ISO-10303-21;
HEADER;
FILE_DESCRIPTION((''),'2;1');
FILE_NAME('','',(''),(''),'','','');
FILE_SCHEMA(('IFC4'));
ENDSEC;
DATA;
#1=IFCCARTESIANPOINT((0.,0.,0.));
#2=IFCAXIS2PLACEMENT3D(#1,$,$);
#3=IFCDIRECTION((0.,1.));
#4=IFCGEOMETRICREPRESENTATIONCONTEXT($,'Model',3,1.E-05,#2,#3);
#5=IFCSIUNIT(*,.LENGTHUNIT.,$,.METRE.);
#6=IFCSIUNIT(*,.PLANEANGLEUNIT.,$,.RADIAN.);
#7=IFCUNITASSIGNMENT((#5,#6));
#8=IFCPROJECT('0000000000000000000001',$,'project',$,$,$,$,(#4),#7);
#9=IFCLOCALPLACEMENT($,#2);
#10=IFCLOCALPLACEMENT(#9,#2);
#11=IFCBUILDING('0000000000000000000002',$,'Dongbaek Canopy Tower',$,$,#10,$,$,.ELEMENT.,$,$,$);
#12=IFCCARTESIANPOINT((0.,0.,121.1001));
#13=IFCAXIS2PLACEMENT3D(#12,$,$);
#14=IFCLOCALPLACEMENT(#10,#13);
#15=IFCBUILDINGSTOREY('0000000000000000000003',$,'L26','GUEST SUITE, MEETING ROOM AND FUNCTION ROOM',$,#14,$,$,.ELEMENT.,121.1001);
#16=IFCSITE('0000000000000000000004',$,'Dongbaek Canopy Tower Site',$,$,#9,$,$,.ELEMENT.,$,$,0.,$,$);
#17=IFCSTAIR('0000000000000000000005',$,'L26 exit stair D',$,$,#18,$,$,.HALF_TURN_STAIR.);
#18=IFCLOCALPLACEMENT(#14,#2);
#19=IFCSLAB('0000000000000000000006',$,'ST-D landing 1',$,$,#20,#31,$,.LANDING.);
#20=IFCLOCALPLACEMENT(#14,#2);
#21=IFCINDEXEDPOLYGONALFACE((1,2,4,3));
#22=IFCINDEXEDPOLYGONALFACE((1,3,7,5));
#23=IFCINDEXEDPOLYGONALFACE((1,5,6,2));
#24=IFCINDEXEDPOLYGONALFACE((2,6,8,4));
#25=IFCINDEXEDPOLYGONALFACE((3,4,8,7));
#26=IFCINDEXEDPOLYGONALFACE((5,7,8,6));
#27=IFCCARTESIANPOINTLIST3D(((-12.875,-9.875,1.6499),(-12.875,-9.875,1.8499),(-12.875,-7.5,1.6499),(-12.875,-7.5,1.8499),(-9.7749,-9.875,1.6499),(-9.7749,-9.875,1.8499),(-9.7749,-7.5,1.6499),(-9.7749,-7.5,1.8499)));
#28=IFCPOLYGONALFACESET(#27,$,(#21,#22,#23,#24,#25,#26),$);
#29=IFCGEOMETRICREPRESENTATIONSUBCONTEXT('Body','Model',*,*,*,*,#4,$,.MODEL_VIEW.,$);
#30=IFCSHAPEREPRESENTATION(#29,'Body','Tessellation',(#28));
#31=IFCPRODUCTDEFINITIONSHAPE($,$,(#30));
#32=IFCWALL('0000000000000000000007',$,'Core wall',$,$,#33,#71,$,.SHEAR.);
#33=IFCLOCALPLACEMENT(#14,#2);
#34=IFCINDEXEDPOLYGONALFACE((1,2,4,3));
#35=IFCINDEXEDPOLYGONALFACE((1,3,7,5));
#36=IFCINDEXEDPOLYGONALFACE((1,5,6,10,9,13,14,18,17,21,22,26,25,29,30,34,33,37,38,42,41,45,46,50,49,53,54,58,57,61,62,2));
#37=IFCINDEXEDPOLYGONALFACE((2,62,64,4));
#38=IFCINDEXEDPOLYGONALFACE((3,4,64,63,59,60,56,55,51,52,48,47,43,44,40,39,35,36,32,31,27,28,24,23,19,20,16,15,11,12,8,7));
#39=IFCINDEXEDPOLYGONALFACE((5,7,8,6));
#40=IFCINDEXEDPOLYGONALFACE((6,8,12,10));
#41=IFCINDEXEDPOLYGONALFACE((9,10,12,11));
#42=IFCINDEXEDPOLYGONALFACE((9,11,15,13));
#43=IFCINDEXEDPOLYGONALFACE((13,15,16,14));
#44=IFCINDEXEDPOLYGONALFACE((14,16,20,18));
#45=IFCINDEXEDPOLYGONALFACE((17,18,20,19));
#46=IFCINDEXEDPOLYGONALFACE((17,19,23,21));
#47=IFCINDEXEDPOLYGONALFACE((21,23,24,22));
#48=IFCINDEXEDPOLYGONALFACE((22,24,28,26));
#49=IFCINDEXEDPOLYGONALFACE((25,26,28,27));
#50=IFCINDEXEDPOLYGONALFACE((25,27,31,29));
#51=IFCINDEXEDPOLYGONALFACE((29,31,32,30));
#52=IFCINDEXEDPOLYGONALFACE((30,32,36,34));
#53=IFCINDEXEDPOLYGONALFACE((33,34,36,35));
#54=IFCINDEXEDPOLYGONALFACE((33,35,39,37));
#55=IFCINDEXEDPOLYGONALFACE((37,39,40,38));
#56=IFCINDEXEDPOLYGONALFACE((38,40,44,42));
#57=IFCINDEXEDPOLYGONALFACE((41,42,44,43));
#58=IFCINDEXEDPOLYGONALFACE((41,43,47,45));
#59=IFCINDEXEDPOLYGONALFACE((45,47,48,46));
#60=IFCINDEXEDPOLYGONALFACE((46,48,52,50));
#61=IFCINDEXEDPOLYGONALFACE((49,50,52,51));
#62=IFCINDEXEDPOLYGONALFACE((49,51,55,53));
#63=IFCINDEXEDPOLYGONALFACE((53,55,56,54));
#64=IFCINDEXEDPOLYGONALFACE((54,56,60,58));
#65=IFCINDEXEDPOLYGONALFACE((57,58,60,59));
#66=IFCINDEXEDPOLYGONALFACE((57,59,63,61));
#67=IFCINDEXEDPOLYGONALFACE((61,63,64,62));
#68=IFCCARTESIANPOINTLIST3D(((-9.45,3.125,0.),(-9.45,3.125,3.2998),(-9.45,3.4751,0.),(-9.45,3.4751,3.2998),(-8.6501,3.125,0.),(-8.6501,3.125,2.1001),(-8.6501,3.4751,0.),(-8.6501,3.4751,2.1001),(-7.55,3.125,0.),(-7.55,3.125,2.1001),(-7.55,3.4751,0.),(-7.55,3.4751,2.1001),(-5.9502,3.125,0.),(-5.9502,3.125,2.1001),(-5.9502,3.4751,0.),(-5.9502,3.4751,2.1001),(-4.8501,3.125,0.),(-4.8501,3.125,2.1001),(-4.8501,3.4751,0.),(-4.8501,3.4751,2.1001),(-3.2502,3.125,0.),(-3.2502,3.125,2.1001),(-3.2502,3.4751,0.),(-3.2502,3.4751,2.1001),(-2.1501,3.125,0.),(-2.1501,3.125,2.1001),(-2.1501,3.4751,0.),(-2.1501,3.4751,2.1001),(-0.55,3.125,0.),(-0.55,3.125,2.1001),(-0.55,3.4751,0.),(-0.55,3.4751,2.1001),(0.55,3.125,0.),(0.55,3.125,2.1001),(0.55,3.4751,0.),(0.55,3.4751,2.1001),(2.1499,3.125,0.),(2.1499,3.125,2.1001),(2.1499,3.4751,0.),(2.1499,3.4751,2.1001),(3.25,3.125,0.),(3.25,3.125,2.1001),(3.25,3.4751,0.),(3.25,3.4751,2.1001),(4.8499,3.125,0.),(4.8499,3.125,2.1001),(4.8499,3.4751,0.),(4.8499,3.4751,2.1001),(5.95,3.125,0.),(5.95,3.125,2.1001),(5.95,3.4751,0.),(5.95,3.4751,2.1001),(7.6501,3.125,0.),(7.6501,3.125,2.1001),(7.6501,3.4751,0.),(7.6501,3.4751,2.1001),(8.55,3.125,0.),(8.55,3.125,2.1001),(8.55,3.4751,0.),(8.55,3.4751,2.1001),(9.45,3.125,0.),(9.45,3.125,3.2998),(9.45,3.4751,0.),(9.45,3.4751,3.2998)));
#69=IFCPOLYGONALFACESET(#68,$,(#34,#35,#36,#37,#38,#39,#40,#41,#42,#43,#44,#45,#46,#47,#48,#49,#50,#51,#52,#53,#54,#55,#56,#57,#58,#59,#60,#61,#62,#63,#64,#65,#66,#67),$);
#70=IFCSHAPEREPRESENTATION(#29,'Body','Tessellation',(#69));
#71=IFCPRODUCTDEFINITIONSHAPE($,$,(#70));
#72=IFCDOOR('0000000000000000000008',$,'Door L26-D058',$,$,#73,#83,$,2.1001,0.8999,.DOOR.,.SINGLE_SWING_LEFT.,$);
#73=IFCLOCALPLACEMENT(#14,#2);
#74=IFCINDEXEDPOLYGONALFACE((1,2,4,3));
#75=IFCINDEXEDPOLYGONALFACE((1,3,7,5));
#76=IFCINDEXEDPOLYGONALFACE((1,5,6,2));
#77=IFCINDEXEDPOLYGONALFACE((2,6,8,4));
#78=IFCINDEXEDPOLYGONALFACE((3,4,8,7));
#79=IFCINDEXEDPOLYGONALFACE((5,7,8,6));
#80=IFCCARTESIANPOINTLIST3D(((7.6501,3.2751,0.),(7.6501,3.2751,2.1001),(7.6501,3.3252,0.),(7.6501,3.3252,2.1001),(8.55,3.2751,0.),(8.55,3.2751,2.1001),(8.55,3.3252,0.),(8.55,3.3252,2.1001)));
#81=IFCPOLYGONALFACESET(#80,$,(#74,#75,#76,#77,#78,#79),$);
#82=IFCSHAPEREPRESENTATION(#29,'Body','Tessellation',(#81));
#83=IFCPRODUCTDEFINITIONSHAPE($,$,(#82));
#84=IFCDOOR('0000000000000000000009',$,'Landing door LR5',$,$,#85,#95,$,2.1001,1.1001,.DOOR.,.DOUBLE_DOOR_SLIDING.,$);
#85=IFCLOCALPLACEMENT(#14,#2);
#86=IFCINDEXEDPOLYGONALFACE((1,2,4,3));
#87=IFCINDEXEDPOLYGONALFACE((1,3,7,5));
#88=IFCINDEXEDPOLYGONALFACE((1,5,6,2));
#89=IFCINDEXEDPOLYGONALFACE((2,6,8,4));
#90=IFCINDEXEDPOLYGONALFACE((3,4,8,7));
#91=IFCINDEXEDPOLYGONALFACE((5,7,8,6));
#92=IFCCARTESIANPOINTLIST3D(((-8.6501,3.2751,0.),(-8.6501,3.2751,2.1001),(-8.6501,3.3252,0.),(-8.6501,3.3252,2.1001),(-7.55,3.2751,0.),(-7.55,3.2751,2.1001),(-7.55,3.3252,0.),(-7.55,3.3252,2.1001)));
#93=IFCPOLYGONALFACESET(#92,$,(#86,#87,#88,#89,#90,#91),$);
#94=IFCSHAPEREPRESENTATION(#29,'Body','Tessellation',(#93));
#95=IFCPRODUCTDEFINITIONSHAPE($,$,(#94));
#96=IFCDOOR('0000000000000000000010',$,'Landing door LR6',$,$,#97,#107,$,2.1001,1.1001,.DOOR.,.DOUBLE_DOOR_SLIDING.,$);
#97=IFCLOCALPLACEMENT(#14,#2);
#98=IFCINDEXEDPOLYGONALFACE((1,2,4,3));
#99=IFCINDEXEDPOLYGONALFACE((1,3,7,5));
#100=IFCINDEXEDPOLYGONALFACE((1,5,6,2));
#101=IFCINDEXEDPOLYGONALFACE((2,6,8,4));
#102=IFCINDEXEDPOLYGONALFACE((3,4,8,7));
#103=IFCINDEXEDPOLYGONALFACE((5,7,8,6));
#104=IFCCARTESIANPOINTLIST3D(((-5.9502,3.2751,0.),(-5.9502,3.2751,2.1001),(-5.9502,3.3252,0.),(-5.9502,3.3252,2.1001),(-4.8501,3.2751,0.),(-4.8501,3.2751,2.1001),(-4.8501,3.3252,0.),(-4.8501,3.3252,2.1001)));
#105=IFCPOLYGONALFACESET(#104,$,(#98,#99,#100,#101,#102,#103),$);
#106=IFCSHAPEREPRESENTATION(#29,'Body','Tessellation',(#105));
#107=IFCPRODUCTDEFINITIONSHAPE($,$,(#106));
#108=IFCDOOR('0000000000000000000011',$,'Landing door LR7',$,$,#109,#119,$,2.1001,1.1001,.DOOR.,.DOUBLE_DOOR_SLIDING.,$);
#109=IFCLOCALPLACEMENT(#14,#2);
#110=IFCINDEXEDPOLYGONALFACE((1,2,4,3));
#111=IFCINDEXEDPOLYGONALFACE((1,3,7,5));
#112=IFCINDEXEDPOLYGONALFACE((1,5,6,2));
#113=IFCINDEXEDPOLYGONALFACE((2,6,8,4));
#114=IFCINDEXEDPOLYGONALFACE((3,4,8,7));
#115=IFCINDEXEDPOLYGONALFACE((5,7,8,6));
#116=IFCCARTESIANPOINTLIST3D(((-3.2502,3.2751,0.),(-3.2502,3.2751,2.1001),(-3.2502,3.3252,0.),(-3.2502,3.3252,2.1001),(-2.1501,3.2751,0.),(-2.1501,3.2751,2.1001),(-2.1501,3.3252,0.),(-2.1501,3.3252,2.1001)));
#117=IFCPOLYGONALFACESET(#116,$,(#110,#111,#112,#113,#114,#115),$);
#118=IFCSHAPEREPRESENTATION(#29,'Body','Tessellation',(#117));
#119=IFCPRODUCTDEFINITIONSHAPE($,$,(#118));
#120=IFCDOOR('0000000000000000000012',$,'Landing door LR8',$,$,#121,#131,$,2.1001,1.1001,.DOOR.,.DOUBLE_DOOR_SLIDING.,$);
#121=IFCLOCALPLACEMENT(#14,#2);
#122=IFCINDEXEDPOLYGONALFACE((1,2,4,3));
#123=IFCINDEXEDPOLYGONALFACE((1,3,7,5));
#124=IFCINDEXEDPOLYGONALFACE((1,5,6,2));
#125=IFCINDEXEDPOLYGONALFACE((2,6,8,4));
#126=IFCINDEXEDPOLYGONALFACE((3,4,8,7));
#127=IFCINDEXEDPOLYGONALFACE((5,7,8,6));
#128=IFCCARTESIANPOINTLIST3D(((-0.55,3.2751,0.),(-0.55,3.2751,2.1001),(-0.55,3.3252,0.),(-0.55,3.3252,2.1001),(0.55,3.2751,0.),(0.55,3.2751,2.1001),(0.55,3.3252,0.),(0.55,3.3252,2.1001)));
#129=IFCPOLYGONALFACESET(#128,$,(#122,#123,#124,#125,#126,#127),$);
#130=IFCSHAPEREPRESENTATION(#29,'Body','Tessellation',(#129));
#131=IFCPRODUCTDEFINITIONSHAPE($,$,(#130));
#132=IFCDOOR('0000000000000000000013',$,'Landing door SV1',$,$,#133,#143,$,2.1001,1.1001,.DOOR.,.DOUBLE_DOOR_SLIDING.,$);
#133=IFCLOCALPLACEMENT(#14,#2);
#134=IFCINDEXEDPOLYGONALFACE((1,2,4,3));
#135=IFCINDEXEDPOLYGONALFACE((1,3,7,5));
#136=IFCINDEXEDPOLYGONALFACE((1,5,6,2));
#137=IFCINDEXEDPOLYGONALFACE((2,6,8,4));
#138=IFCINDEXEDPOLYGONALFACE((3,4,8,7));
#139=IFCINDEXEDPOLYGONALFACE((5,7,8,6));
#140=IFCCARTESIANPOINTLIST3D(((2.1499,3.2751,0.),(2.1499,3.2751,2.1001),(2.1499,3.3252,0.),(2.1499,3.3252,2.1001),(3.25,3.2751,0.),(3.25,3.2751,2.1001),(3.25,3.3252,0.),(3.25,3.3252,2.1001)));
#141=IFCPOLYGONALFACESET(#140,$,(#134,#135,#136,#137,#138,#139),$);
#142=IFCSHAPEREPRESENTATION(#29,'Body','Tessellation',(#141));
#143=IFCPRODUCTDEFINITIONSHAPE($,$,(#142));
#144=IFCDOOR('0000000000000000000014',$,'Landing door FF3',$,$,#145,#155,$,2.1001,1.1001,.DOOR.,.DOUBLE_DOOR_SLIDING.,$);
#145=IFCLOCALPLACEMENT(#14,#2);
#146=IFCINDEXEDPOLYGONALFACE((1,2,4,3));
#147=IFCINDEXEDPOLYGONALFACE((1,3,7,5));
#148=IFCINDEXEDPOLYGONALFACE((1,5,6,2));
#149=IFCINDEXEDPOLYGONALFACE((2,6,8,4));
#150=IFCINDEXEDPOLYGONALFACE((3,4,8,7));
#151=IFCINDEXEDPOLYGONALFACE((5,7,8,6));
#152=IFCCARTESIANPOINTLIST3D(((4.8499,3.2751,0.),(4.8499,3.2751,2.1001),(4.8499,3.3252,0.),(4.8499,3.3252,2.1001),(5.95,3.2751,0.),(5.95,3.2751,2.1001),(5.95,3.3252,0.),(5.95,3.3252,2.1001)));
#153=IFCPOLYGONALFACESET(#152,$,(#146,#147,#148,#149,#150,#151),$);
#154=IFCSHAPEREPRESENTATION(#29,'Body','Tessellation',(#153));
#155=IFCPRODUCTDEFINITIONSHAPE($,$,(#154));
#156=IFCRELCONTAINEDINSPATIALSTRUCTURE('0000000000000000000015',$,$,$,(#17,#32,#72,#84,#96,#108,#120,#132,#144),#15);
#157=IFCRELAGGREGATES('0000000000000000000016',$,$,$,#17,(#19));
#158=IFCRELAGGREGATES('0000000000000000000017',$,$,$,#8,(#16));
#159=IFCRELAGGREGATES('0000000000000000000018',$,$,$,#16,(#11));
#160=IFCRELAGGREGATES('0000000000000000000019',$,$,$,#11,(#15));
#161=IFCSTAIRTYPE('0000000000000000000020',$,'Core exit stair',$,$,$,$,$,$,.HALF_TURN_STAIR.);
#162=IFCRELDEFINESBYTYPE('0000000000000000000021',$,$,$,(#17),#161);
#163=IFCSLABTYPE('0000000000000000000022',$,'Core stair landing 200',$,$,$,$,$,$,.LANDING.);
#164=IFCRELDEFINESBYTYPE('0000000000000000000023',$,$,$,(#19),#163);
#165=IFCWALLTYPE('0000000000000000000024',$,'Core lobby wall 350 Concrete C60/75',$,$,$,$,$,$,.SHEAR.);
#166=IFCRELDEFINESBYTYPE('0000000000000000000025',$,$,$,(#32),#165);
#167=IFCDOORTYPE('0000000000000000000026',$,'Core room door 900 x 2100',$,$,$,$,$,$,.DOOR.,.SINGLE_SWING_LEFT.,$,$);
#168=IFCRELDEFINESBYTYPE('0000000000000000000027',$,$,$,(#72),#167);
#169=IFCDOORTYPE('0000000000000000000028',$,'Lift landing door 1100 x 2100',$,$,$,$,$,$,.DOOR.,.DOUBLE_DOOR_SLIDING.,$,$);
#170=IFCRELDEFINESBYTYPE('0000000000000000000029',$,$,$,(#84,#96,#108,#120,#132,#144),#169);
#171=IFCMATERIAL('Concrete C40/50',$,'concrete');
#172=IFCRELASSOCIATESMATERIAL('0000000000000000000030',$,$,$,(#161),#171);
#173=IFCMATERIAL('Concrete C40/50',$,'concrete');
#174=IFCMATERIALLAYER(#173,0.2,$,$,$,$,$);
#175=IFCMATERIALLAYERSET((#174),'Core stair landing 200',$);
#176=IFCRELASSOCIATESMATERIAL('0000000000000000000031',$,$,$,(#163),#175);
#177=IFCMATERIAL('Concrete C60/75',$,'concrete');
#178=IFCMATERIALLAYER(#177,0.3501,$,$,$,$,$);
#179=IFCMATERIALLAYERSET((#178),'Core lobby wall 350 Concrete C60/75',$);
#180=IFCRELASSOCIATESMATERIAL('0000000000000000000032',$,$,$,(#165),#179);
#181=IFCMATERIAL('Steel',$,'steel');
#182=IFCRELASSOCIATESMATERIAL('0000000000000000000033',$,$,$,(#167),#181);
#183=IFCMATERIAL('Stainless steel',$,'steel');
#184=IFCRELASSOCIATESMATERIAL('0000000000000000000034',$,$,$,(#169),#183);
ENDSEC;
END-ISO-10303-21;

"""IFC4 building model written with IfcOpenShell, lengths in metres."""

from ifc_helpers import new_model, si_unit, direction, frame, frame_2d, origin, place, context, subcontext, project, spatial, polyline, rectangle, outline, extrude, material, layer, layer_set, type_object, element, fill, aggregate, save


model = new_model("IFC4")

# Units and contexts
model_context = context("Model", 3, precision=1e-05, world=origin(), true_north=direction((0.0, 1.0)))
body_context = subcontext(model_context, "Body", "Model", "MODEL_VIEW")
ifc_project = project(units=[si_unit("LENGTHUNIT", "METRE"), si_unit("PLANEANGLEUNIT", "RADIAN")], contexts=[model_context])

# Site, building, storey
site_placement = place(None, origin())
site = spatial("IfcSite", under=ifc_project, at=site_placement, Name="Dongbaek Canopy Tower Site", CompositionType="ELEMENT", RefElevation=0.0)
building_placement = place(site_placement, origin())
building = spatial("IfcBuilding", under=site, at=building_placement, Name="Dongbaek Canopy Tower", CompositionType="ELEMENT")
storey_placement = place(building_placement, frame((0.0, 0.0, 121.1001)))
storey = spatial("IfcBuildingStorey", under=building, at=storey_placement, Name="L26", Description="GUEST SUITE, MEETING ROOM AND FUNCTION ROOM", CompositionType="ELEMENT", Elevation=121.1001)

# Stair, slab
ifc_material_1 = material(Name="Concrete C40/50", Category="concrete")
stair_type = type_object("IfcStairType", Name="Core exit stair", PredefinedType="HALF_TURN_STAIR", material=ifc_material_1)
stair_1_placement = place(storey_placement, origin())
stair_1 = element("IfcStair", 1, at=stair_1_placement, inside=storey, type_object=stair_type, Name="L26 exit stair D", PredefinedType="HALF_TURN_STAIR")
ifc_material_2 = material(Name="Concrete C40/50", Category="concrete")
ifc_layer_1 = layer(ifc_material_2, 0.2)
ifc_layer_set_1 = layer_set([ifc_layer_1], Name="Core stair landing 200")
slab_type = type_object("IfcSlabType", Name="Core stair landing 200", PredefinedType="LANDING", material=ifc_layer_set_1)
slab_placement = place(storey_placement, frame((0.0, 0.0, 1.6499)))
slab = element("IfcSlab", 2, at=slab_placement, type_object=slab_type, Name="ST-D landing 1", PredefinedType="LANDING", context=body_context, shape_type="SweptSolid", body=[
    extrude(outline(polyline([(-12.875, -7.5), (-12.875, -9.875), (-9.7749, -9.875), (-9.7749, -7.5), (-12.875, -7.5)])), origin(), (0.0, 0.0, 1.0), 0.2),
])
aggregate(stair_1, [slab])

# Wall, openings, doors
ifc_material_3 = material(Name="Concrete C60/75", Category="concrete")
ifc_layer_2 = layer(ifc_material_3, 0.3501)
ifc_layer_set_2 = layer_set([ifc_layer_2], Name="Core lobby wall 350 Concrete C60/75")
wall_type_1 = type_object("IfcWallType", Name="Core lobby wall 350 Concrete C60/75", PredefinedType="SHEAR", material=ifc_layer_set_2)
wall_1_placement = place(storey_placement, frame((9.45, 3.3, 0.0), z_axis=(0.0, 0.0, 1.0), x_axis=(-1.0, 0.0, 0.0)))
wall_1 = element("IfcWall", 3, at=wall_1_placement, inside=storey, type_object=wall_type_1, Name="Core wall", PredefinedType="SHEAR", context=body_context, shape_type="SweptSolid", body=[
    extrude(rectangle(XDim=18.8999, YDim=0.3501, at=frame_2d((9.45, 0.0))), origin(), (0.0, 0.0, 1.0), 3.2998),
])
opening_1_placement = place(wall_1_placement, frame((17.0, 0.0, 0.0)))
opening_1 = element("IfcOpeningElement", 4, at=opening_1_placement, cuts=wall_1, PredefinedType="OPENING", context=body_context, shape_type="SweptSolid", body=[
    extrude(rectangle(XDim=1.1001, YDim=2.1001, at=frame_2d((0.55, 1.05))), frame((0.0, 0.1851, 0.0), z_axis=(0.0, -1.0, 0.0), x_axis=(1.0, 0.0, 0.0)), (0.0, 0.0, 1.0), 0.3701),
])
opening_2_placement = place(wall_1_placement, frame((14.3, 0.0, 0.0)))
opening_2 = element("IfcOpeningElement", 5, at=opening_2_placement, cuts=wall_1, PredefinedType="OPENING", context=body_context, shape_type="SweptSolid", body=[
    extrude(rectangle(XDim=1.1001, YDim=2.1001, at=frame_2d((0.55, 1.05))), frame((0.0, 0.1851, 0.0), z_axis=(0.0, -1.0, 0.0), x_axis=(1.0, 0.0, 0.0)), (0.0, 0.0, 1.0), 0.3701),
])
opening_3_placement = place(wall_1_placement, frame((11.6001, 0.0, 0.0)))
opening_3 = element("IfcOpeningElement", 6, at=opening_3_placement, cuts=wall_1, PredefinedType="OPENING", context=body_context, shape_type="SweptSolid", body=[
    extrude(rectangle(XDim=1.1001, YDim=2.1001, at=frame_2d((0.55, 1.05))), frame((0.0, 0.1851, 0.0), z_axis=(0.0, -1.0, 0.0), x_axis=(1.0, 0.0, 0.0)), (0.0, 0.0, 1.0), 0.3701),
])
opening_4_placement = place(wall_1_placement, frame((8.8999, 0.0, 0.0)))
opening_4 = element("IfcOpeningElement", 7, at=opening_4_placement, cuts=wall_1, PredefinedType="OPENING", context=body_context, shape_type="SweptSolid", body=[
    extrude(rectangle(XDim=1.1001, YDim=2.1001, at=frame_2d((0.55, 1.05))), frame((0.0, 0.1851, 0.0), z_axis=(0.0, -1.0, 0.0), x_axis=(1.0, 0.0, 0.0)), (0.0, 0.0, 1.0), 0.3701),
])
opening_5_placement = place(wall_1_placement, frame((6.2, 0.0, 0.0)))
opening_5 = element("IfcOpeningElement", 8, at=opening_5_placement, cuts=wall_1, PredefinedType="OPENING", context=body_context, shape_type="SweptSolid", body=[
    extrude(rectangle(XDim=1.1001, YDim=2.1001, at=frame_2d((0.55, 1.05))), frame((0.0, 0.1851, 0.0), z_axis=(0.0, -1.0, 0.0), x_axis=(1.0, 0.0, 0.0)), (0.0, 0.0, 1.0), 0.3701),
])
opening_6_placement = place(wall_1_placement, frame((3.5, 0.0, 0.0)))
opening_6 = element("IfcOpeningElement", 9, at=opening_6_placement, cuts=wall_1, PredefinedType="OPENING", context=body_context, shape_type="SweptSolid", body=[
    extrude(rectangle(XDim=1.1001, YDim=2.1001, at=frame_2d((0.55, 1.05))), frame((0.0, 0.1851, 0.0), z_axis=(0.0, -1.0, 0.0), x_axis=(1.0, 0.0, 0.0)), (0.0, 0.0, 1.0), 0.3701),
])
opening_7_placement = place(wall_1_placement, frame((0.8999, 0.0, 0.0)))
opening_7 = element("IfcOpeningElement", 10, at=opening_7_placement, cuts=wall_1, PredefinedType="OPENING", context=body_context, shape_type="SweptSolid", body=[
    extrude(rectangle(XDim=0.8999, YDim=2.1001, at=frame_2d((0.45, 1.05))), frame((0.0, 0.1851, 0.0), z_axis=(0.0, -1.0, 0.0), x_axis=(1.0, 0.0, 0.0)), (0.0, 0.0, 1.0), 0.3701),
])
ifc_material_4 = material(Name="Steel", Category="steel")
door_type_1 = type_object("IfcDoorType", Name="Core room door 900 x 2100", OperationType="SINGLE_SWING_LEFT", PredefinedType="DOOR", material=ifc_material_4)
door_1_placement = place(opening_7_placement, origin())
door_1 = element("IfcDoor", 11, at=door_1_placement, inside=storey, type_object=door_type_1, Name="Door L26-D058", OperationType="SINGLE_SWING_LEFT", OverallHeight=2.1001, OverallWidth=0.8999, PredefinedType="DOOR", context=body_context, shape_type="SweptSolid", body=[
    extrude(rectangle(XDim=0.8999, YDim=2.1001, at=frame_2d((0.45, 1.05))), frame((0.0, 0.0249, 0.0), z_axis=(0.0, -1.0, 0.0), x_axis=(1.0, 0.0, 0.0)), (0.0, 0.0, 1.0), 0.05),
])
fill(opening_7, door_1)
ifc_material_5 = material(Name="Stainless steel", Category="steel")
door_type_2 = type_object("IfcDoorType", Name="Lift landing door 1100 x 2100", OperationType="DOUBLE_DOOR_SLIDING", PredefinedType="DOOR", material=ifc_material_5)
door_2_placement = place(opening_1_placement, origin())
door_2 = element("IfcDoor", 12, at=door_2_placement, inside=storey, type_object=door_type_2, Name="Landing door LR5", OperationType="DOUBLE_DOOR_SLIDING", OverallHeight=2.1001, OverallWidth=1.1001, PredefinedType="DOOR", context=body_context, shape_type="SweptSolid", body=[
    extrude(rectangle(XDim=1.1001, YDim=2.1001, at=frame_2d((0.55, 1.05))), frame((0.0, 0.0249, 0.0), z_axis=(0.0, -1.0, 0.0), x_axis=(1.0, 0.0, 0.0)), (0.0, 0.0, 1.0), 0.05),
])
fill(opening_1, door_2)
door_3_placement = place(opening_2_placement, origin())
door_3 = element("IfcDoor", 13, at=door_3_placement, inside=storey, type_object=door_type_2, Name="Landing door LR6", OperationType="DOUBLE_DOOR_SLIDING", OverallHeight=2.1001, OverallWidth=1.1001, PredefinedType="DOOR", context=body_context, shape_type="SweptSolid", body=[
    extrude(rectangle(XDim=1.1001, YDim=2.1001, at=frame_2d((0.55, 1.05))), frame((0.0, 0.0249, 0.0), z_axis=(0.0, -1.0, 0.0), x_axis=(1.0, 0.0, 0.0)), (0.0, 0.0, 1.0), 0.05),
])
fill(opening_2, door_3)
door_4_placement = place(opening_3_placement, origin())
door_4 = element("IfcDoor", 14, at=door_4_placement, inside=storey, type_object=door_type_2, Name="Landing door LR7", OperationType="DOUBLE_DOOR_SLIDING", OverallHeight=2.1001, OverallWidth=1.1001, PredefinedType="DOOR", context=body_context, shape_type="SweptSolid", body=[
    extrude(rectangle(XDim=1.1001, YDim=2.1001, at=frame_2d((0.55, 1.05))), frame((0.0, 0.0249, 0.0), z_axis=(0.0, -1.0, 0.0), x_axis=(1.0, 0.0, 0.0)), (0.0, 0.0, 1.0), 0.05),
])
fill(opening_3, door_4)
door_5_placement = place(opening_4_placement, origin())
door_5 = element("IfcDoor", 15, at=door_5_placement, inside=storey, type_object=door_type_2, Name="Landing door LR8", OperationType="DOUBLE_DOOR_SLIDING", OverallHeight=2.1001, OverallWidth=1.1001, PredefinedType="DOOR", context=body_context, shape_type="SweptSolid", body=[
    extrude(rectangle(XDim=1.1001, YDim=2.1001, at=frame_2d((0.55, 1.05))), frame((0.0, 0.0249, 0.0), z_axis=(0.0, -1.0, 0.0), x_axis=(1.0, 0.0, 0.0)), (0.0, 0.0, 1.0), 0.05),
])
fill(opening_4, door_5)
door_6_placement = place(opening_5_placement, origin())
door_6 = element("IfcDoor", 16, at=door_6_placement, inside=storey, type_object=door_type_2, Name="Landing door SV1", OperationType="DOUBLE_DOOR_SLIDING", OverallHeight=2.1001, OverallWidth=1.1001, PredefinedType="DOOR", context=body_context, shape_type="SweptSolid", body=[
    extrude(rectangle(XDim=1.1001, YDim=2.1001, at=frame_2d((0.55, 1.05))), frame((0.0, 0.0249, 0.0), z_axis=(0.0, -1.0, 0.0), x_axis=(1.0, 0.0, 0.0)), (0.0, 0.0, 1.0), 0.05),
])
fill(opening_5, door_6)
door_7_placement = place(opening_6_placement, origin())
door_7 = element("IfcDoor", 17, at=door_7_placement, inside=storey, type_object=door_type_2, Name="Landing door FF3", OperationType="DOUBLE_DOOR_SLIDING", OverallHeight=2.1001, OverallWidth=1.1001, PredefinedType="DOOR", context=body_context, shape_type="SweptSolid", body=[
    extrude(rectangle(XDim=1.1001, YDim=2.1001, at=frame_2d((0.55, 1.05))), frame((0.0, 0.0249, 0.0), z_axis=(0.0, -1.0, 0.0), x_axis=(1.0, 0.0, 0.0)), (0.0, 0.0, 1.0), 0.05),
])
fill(opening_6, door_7)

save(model, "model.ifc")
